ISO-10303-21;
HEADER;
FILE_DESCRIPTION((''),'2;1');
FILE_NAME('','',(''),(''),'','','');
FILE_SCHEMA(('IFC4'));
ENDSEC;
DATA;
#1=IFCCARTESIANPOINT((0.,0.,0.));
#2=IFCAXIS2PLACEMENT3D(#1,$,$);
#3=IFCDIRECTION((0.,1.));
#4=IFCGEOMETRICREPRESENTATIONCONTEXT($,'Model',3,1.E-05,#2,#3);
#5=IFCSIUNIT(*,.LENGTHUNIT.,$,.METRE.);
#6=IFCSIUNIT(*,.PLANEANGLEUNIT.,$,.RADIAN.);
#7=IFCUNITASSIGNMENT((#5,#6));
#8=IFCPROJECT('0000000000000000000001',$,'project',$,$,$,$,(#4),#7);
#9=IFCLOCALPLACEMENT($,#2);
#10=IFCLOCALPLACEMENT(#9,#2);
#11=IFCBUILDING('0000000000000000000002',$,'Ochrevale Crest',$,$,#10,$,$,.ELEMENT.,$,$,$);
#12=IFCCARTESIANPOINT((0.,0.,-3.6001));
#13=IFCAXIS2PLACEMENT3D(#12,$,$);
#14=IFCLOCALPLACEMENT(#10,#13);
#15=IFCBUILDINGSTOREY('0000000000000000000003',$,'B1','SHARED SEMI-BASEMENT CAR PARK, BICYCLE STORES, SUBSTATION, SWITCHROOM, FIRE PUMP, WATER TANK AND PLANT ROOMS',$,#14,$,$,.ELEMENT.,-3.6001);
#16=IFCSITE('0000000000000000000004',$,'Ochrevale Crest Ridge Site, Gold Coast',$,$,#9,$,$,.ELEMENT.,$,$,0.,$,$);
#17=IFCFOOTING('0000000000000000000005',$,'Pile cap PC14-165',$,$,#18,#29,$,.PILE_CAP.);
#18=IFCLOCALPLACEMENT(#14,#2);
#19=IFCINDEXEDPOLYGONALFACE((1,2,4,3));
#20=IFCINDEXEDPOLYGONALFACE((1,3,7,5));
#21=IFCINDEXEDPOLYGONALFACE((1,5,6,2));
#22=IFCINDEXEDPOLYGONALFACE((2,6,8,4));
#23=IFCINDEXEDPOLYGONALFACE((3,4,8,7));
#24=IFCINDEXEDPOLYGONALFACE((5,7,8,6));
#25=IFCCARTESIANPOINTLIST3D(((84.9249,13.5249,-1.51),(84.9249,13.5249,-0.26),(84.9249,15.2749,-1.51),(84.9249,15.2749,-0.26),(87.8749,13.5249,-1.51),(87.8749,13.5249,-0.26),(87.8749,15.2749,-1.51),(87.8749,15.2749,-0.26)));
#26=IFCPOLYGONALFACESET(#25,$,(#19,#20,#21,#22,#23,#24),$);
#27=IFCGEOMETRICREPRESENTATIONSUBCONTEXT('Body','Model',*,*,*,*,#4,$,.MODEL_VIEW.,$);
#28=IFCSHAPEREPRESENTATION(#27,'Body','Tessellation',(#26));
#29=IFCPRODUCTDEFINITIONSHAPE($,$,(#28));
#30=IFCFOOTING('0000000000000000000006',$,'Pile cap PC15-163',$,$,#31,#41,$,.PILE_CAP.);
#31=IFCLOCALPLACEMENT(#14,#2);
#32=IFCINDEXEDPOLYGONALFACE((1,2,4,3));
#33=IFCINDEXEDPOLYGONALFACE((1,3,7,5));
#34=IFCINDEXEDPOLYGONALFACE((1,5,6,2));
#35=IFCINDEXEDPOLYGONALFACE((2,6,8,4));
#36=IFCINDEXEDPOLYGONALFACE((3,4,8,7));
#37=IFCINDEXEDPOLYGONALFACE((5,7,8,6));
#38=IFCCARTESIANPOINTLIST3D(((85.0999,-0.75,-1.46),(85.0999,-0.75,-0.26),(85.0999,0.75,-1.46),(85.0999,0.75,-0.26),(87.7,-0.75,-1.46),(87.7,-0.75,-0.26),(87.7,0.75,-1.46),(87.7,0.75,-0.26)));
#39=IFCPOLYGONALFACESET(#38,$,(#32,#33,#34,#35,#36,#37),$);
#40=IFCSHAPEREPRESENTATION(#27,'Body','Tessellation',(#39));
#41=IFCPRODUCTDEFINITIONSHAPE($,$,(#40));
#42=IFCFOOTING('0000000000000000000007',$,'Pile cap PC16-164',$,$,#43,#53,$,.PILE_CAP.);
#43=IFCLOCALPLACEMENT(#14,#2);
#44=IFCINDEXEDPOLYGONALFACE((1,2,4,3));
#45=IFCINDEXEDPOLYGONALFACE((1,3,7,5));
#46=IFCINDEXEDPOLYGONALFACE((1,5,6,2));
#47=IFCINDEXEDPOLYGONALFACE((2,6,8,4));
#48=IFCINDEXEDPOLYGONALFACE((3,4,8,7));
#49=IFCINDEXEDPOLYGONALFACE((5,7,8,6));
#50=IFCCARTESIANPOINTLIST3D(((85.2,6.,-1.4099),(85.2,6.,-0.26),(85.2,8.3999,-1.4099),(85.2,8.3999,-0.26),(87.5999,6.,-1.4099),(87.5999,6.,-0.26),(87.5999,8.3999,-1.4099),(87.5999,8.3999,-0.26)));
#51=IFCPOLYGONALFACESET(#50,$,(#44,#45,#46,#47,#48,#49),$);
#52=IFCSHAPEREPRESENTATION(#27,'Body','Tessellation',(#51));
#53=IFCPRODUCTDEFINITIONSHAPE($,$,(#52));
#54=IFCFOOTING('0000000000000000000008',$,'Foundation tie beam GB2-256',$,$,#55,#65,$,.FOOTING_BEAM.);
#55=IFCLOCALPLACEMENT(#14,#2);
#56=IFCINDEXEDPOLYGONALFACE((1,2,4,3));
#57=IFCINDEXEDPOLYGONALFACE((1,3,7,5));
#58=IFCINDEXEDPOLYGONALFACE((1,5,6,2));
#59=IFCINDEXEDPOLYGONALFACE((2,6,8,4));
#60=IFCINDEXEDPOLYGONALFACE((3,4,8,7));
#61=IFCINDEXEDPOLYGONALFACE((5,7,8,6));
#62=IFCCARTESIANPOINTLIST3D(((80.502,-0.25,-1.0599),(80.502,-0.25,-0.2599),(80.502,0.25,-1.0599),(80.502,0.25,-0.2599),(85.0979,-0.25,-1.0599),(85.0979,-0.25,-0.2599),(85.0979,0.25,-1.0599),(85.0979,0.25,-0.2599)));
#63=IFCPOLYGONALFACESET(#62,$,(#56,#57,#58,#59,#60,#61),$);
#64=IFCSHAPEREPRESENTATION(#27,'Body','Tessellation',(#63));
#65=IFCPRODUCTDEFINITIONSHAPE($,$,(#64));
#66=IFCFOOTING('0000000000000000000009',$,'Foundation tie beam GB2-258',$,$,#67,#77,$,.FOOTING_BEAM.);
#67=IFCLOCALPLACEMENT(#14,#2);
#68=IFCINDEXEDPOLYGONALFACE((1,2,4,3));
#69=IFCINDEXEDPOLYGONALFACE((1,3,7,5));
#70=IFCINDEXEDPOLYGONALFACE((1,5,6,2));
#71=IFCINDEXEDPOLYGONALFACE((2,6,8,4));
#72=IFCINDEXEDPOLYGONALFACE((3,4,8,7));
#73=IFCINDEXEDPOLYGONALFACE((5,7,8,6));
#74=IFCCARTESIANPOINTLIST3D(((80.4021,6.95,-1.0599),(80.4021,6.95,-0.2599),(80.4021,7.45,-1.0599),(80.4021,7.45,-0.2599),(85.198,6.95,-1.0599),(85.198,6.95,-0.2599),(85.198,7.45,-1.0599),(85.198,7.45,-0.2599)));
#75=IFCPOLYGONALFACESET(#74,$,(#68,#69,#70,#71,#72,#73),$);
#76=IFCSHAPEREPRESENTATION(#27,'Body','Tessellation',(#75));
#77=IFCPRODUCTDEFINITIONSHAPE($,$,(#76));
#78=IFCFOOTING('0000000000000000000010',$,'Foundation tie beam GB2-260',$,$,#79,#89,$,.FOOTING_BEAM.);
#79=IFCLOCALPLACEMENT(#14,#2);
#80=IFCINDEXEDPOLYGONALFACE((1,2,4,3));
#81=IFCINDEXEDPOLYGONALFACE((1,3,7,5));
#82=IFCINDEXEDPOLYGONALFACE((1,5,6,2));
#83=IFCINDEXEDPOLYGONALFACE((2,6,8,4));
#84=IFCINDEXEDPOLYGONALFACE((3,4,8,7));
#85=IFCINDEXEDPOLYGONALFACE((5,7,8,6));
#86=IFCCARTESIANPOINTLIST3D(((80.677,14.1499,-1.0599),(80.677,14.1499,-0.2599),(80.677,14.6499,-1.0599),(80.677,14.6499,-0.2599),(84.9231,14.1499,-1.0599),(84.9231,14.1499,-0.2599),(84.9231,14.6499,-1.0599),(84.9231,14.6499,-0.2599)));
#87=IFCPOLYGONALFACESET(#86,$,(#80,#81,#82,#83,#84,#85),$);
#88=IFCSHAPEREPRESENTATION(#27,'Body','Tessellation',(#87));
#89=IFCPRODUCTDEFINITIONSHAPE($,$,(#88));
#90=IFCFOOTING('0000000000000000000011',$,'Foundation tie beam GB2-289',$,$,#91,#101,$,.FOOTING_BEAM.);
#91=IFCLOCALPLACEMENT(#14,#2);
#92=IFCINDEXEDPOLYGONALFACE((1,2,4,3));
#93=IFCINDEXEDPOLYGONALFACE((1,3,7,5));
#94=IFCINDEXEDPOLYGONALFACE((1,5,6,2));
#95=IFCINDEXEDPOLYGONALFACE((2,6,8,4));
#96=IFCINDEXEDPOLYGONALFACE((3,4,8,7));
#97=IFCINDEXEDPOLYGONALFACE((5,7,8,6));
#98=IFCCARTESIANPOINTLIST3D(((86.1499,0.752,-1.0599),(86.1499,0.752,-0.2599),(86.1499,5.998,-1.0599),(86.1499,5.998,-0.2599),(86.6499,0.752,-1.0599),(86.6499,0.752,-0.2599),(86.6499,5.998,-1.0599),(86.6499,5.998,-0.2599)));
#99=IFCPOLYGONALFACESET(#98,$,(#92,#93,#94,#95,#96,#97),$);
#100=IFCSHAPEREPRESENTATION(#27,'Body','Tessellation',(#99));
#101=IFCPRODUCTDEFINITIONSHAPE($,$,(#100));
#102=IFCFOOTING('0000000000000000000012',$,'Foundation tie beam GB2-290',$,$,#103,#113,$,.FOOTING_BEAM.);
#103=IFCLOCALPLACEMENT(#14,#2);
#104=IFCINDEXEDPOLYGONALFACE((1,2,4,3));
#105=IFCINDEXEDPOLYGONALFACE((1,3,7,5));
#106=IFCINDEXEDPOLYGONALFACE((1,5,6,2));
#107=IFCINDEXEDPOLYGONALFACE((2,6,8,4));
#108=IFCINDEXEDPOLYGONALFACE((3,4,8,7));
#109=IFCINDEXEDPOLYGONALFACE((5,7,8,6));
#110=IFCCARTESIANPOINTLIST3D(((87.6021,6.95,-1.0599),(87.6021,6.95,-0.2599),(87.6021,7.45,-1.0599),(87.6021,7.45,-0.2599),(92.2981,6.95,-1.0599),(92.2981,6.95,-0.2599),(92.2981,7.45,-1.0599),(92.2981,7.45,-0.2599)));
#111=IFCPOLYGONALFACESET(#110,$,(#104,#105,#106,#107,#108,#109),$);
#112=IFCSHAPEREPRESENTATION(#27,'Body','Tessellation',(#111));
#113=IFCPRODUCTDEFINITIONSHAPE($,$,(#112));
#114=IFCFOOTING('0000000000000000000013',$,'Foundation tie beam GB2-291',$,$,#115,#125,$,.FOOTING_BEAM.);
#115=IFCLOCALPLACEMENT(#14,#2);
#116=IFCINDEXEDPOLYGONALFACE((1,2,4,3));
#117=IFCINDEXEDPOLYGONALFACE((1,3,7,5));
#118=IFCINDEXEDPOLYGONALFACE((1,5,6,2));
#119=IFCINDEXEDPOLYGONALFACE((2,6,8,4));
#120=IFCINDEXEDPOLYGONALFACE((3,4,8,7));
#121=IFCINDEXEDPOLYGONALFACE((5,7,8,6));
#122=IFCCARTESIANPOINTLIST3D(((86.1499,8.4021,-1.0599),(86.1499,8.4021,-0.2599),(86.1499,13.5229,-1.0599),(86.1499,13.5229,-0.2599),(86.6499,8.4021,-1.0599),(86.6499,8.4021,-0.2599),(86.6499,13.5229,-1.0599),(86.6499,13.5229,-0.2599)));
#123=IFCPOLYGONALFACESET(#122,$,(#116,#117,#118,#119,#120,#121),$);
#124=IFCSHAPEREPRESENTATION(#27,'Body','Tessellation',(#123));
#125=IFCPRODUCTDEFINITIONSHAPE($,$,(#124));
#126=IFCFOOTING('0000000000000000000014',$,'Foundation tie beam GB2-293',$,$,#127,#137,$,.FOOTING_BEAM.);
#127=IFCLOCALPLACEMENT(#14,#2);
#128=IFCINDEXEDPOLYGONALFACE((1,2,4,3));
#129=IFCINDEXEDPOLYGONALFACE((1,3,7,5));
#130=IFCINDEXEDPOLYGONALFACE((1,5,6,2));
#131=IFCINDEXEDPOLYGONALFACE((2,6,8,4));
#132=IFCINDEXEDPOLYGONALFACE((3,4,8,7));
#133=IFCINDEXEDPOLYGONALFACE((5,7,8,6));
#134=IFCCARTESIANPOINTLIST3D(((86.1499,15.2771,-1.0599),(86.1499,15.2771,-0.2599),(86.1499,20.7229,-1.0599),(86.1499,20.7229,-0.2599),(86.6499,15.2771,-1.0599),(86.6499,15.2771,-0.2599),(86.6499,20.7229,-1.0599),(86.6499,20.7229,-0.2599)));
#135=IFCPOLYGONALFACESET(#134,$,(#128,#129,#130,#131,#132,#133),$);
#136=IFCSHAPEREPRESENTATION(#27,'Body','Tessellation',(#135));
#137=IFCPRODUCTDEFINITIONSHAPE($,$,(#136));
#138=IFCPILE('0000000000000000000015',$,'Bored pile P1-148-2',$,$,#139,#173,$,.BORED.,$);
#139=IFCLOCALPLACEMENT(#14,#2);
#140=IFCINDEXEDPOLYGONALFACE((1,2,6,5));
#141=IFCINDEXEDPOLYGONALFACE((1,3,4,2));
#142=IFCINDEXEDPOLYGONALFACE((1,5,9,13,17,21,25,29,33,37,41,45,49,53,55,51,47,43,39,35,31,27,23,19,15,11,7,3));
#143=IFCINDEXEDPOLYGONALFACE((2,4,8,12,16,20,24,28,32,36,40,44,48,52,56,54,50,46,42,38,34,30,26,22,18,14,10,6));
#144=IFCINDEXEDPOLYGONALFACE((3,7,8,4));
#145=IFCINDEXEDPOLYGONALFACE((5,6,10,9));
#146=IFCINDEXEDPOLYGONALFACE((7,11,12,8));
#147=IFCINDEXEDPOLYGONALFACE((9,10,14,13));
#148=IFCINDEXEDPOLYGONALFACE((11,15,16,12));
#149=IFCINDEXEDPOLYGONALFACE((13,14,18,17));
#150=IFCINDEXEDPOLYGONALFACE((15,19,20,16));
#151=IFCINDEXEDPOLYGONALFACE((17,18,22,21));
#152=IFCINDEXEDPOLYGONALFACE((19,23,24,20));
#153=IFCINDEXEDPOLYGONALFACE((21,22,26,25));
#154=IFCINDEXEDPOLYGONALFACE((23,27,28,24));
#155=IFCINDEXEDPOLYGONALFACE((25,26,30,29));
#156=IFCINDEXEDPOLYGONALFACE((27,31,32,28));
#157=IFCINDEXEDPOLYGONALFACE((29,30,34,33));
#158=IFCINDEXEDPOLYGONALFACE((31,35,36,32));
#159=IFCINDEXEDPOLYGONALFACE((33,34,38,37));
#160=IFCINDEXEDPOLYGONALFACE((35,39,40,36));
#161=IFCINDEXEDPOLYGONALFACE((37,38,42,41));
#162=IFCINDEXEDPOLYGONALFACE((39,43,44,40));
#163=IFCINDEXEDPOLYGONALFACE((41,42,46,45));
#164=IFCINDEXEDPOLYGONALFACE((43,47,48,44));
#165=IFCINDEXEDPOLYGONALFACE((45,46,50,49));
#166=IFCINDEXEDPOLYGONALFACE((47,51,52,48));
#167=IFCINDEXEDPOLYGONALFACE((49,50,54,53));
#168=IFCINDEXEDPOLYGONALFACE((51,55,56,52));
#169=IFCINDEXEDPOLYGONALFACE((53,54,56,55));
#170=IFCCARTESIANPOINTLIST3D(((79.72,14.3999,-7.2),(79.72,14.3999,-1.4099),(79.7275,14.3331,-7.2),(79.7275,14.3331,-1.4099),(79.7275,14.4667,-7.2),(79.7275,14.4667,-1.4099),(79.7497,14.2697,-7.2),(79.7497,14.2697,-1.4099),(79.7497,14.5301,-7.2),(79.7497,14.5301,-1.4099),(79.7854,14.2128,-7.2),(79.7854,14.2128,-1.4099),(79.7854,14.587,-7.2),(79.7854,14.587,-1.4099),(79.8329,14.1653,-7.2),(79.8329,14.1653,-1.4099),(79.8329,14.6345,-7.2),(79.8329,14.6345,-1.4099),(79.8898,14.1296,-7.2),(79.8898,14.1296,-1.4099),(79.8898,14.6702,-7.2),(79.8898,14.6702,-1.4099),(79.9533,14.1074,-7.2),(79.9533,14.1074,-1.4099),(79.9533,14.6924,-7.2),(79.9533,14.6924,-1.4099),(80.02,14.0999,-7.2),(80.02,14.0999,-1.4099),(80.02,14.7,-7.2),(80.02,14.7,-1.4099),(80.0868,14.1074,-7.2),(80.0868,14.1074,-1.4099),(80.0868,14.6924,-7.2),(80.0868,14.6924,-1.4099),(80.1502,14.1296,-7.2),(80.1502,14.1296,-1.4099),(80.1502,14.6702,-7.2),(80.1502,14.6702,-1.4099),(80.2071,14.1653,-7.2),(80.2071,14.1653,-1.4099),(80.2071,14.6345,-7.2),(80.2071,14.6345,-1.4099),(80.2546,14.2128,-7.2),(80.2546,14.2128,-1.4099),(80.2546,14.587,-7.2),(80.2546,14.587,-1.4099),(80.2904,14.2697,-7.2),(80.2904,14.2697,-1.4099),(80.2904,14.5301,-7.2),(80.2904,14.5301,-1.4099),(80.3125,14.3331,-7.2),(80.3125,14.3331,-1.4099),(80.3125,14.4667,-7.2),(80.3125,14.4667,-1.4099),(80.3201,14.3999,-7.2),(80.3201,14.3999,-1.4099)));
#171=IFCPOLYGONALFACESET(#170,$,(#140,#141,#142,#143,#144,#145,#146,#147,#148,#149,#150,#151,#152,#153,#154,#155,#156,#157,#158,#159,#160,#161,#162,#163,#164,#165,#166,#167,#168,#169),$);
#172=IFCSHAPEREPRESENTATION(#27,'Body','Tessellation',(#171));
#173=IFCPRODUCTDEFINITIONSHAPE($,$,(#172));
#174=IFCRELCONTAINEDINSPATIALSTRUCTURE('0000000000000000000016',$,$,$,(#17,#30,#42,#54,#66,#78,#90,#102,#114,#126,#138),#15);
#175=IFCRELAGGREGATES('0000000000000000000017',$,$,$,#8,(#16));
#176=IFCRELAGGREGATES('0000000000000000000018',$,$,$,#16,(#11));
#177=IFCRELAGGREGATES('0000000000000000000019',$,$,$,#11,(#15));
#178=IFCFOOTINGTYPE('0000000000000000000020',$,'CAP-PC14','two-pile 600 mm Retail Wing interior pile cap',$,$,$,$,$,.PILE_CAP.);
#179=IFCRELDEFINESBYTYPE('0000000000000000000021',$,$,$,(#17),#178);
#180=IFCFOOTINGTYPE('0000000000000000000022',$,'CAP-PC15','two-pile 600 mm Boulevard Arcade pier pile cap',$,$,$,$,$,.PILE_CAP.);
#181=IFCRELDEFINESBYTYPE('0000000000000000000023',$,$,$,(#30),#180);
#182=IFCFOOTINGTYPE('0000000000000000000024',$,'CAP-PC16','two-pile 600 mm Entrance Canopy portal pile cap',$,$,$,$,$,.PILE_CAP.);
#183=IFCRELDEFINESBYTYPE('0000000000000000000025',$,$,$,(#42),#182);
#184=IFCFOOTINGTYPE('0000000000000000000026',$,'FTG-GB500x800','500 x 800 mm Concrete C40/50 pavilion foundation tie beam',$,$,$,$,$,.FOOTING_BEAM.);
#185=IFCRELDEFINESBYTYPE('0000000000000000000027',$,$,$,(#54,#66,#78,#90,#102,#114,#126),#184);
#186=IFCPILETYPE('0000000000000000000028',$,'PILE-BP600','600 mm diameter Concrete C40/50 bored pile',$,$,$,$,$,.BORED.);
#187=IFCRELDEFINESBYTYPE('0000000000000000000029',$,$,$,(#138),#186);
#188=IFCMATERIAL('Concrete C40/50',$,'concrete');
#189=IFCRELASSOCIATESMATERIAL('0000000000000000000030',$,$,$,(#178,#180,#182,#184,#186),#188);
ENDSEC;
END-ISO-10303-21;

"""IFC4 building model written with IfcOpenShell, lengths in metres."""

from ifc_helpers import new_model, si_unit, direction, frame, origin, origin_2d, place, context, subcontext, project, spatial, rectangle, circle, extrude, material, material_profile, profile_set, type_object, element, save


model = new_model("IFC4")

# Units and contexts
model_context = context("Model", 3, precision=1e-05, world=origin(), true_north=direction((0.0, 1.0)))
body_context = subcontext(model_context, "Body", "Model", "MODEL_VIEW")
ifc_project = project(units=[si_unit("LENGTHUNIT", "METRE"), si_unit("PLANEANGLEUNIT", "RADIAN")], contexts=[model_context])

# Site, building, storey
site_placement = place(None, origin())
site = spatial("IfcSite", under=ifc_project, at=site_placement, Name="Ochrevale Crest Ridge Site, Gold Coast", CompositionType="ELEMENT", RefElevation=0.0)
building_placement = place(site_placement, origin())
building = spatial("IfcBuilding", under=site, at=building_placement, Name="Ochrevale Crest", CompositionType="ELEMENT")
storey_placement = place(building_placement, frame((0.0, 0.0, -3.6001)))
storey = spatial("IfcBuildingStorey", under=building, at=storey_placement, Name="B1", Description="SHARED SEMI-BASEMENT CAR PARK, BICYCLE STORES, SUBSTATION, SWITCHROOM, FIRE PUMP, WATER TANK AND PLANT ROOMS", CompositionType="ELEMENT", Elevation=-3.6001)

# Footings
ifc_material_1 = material(Name="Concrete C40/50", Category="concrete")
footing_type_1 = type_object("IfcFootingType", Name="CAP-PC14", Description="two-pile 600 mm Retail Wing interior pile cap", PredefinedType="PILE_CAP", material=ifc_material_1)
footing_1_placement = place(storey_placement, frame((86.3999, 14.3999, -1.51), z_axis=(0.0, 0.0, 1.0), x_axis=(1.0, 0.0, 0.0)))
element("IfcFooting", 1, at=footing_1_placement, inside=storey, type_object=footing_type_1, Name="Pile cap PC14-165", PredefinedType="PILE_CAP", context=body_context, shape_type="SweptSolid", body=[
    extrude(rectangle(XDim=2.95, YDim=1.75, at=origin_2d()), origin(), (0.0, 0.0, 1.0), 1.25),
])
footing_type_2 = type_object("IfcFootingType", Name="CAP-PC15", Description="two-pile 600 mm Boulevard Arcade pier pile cap", PredefinedType="PILE_CAP", material=ifc_material_1)
footing_2_placement = place(storey_placement, frame((86.3999, 0.0, -1.46), z_axis=(0.0, 0.0, 1.0), x_axis=(1.0, 0.0, 0.0)))
element("IfcFooting", 2, at=footing_2_placement, inside=storey, type_object=footing_type_2, Name="Pile cap PC15-163", PredefinedType="PILE_CAP", context=body_context, shape_type="SweptSolid", body=[
    extrude(rectangle(XDim=2.6001, YDim=1.5, at=origin_2d()), origin(), (0.0, 0.0, 1.0), 1.2),
])
footing_type_3 = type_object("IfcFootingType", Name="CAP-PC16", Description="two-pile 600 mm Entrance Canopy portal pile cap", PredefinedType="PILE_CAP", material=ifc_material_1)
footing_3_placement = place(storey_placement, frame((86.3999, 7.2, -1.4099), z_axis=(0.0, 0.0, 1.0), x_axis=(1.0, 0.0, 0.0)))
element("IfcFooting", 3, at=footing_3_placement, inside=storey, type_object=footing_type_3, Name="Pile cap PC16-164", PredefinedType="PILE_CAP", context=body_context, shape_type="SweptSolid", body=[
    extrude(rectangle(XDim=2.3999, YDim=2.3999, at=origin_2d()), origin(), (0.0, 0.0, 1.0), 1.1499),
])
ifc_material_profile_1 = material_profile(ifc_material_1, rectangle(XDim=0.5, YDim=0.8, at=origin_2d()), Name="GB 500x800")
ifc_profile_set_1 = profile_set([ifc_material_profile_1], Name="Concrete C40/50")
footing_type_4 = type_object("IfcFootingType", Name="FTG-GB500x800", Description="500 x 800 mm Concrete C40/50 pavilion foundation tie beam", PredefinedType="FOOTING_BEAM", material=ifc_profile_set_1)
footing_4_placement = place(storey_placement, frame((80.502, 0.0, -0.6599), z_axis=(1.0, 0.0, 0.0), x_axis=(0.0, 1.0, 0.0)))
element("IfcFooting", 4, at=footing_4_placement, inside=storey, type_object=footing_type_4, Name="Foundation tie beam GB2-256", PredefinedType="FOOTING_BEAM", context=body_context, shape_type="SweptSolid", body=[
    extrude(rectangle(XDim=0.5, YDim=0.8, at=origin_2d()), origin(), (0.0, 0.0, 1.0), 4.5959),
])
footing_5_placement = place(storey_placement, frame((80.4021, 7.2, -0.6599), z_axis=(1.0, 0.0, 0.0), x_axis=(0.0, 1.0, 0.0)))
element("IfcFooting", 5, at=footing_5_placement, inside=storey, type_object=footing_type_4, Name="Foundation tie beam GB2-258", PredefinedType="FOOTING_BEAM", context=body_context, shape_type="SweptSolid", body=[
    extrude(rectangle(XDim=0.5, YDim=0.8, at=origin_2d()), origin(), (0.0, 0.0, 1.0), 4.7959),
])
footing_6_placement = place(storey_placement, frame((80.677, 14.3999, -0.6599), z_axis=(1.0, 0.0, 0.0), x_axis=(0.0, 1.0, 0.0)))
element("IfcFooting", 6, at=footing_6_placement, inside=storey, type_object=footing_type_4, Name="Foundation tie beam GB2-260", PredefinedType="FOOTING_BEAM", context=body_context, shape_type="SweptSolid", body=[
    extrude(rectangle(XDim=0.5, YDim=0.8, at=origin_2d()), origin(), (0.0, 0.0, 1.0), 4.2461),
])
footing_7_placement = place(storey_placement, frame((86.3999, 0.752, -0.6599), z_axis=(0.0, 1.0, 0.0), x_axis=(-1.0, 0.0, 0.0)))
element("IfcFooting", 7, at=footing_7_placement, inside=storey, type_object=footing_type_4, Name="Foundation tie beam GB2-289", PredefinedType="FOOTING_BEAM", context=body_context, shape_type="SweptSolid", body=[
    extrude(rectangle(XDim=0.5, YDim=0.8, at=origin_2d()), origin(), (0.0, 0.0, 1.0), 5.2461),
])
footing_8_placement = place(storey_placement, frame((87.6021, 7.2, -0.6599), z_axis=(1.0, 0.0, 0.0), x_axis=(0.0, 1.0, 0.0)))
element("IfcFooting", 8, at=footing_8_placement, inside=storey, type_object=footing_type_4, Name="Foundation tie beam GB2-290", PredefinedType="FOOTING_BEAM", context=body_context, shape_type="SweptSolid", body=[
    extrude(rectangle(XDim=0.5, YDim=0.8, at=origin_2d()), origin(), (0.0, 0.0, 1.0), 4.696),
])
footing_9_placement = place(storey_placement, frame((86.3999, 8.4021, -0.6599), z_axis=(0.0, 1.0, 0.0), x_axis=(-1.0, 0.0, 0.0)))
element("IfcFooting", 9, at=footing_9_placement, inside=storey, type_object=footing_type_4, Name="Foundation tie beam GB2-291", PredefinedType="FOOTING_BEAM", context=body_context, shape_type="SweptSolid", body=[
    extrude(rectangle(XDim=0.5, YDim=0.8, at=origin_2d()), origin(), (0.0, 0.0, 1.0), 5.1208),
])
footing_10_placement = place(storey_placement, frame((86.3999, 15.2771, -0.6599), z_axis=(0.0, 1.0, 0.0), x_axis=(-1.0, 0.0, 0.0)))
element("IfcFooting", 10, at=footing_10_placement, inside=storey, type_object=footing_type_4, Name="Foundation tie beam GB2-293", PredefinedType="FOOTING_BEAM", context=body_context, shape_type="SweptSolid", body=[
    extrude(rectangle(XDim=0.5, YDim=0.8, at=origin_2d()), origin(), (0.0, 0.0, 1.0), 5.4458),
])

# Pile
ifc_material_profile_2 = material_profile(ifc_material_1, circle(Radius=0.3, at=origin_2d()), Name="BORED PILE 600")
ifc_profile_set_2 = profile_set([ifc_material_profile_2], Name="Concrete C40/50")
pile_type = type_object("IfcPileType", Name="PILE-BP600", Description="600 mm diameter Concrete C40/50 bored pile", PredefinedType="BORED", material=ifc_profile_set_2)
pile_placement = place(storey_placement, frame((80.02, 14.3999, -1.4099), z_axis=(0.0, 0.0, -1.0), x_axis=(1.0, 0.0, 0.0)))
element("IfcPile", 11, at=pile_placement, inside=storey, type_object=pile_type, Name="Bored pile P1-148-2", PredefinedType="BORED", context=body_context, shape_type="SweptSolid", body=[
    extrude(circle(Radius=0.3, at=origin_2d()), origin(), (0.0, 0.0, 1.0), 5.79),
])

save(model, "model.ifc")
